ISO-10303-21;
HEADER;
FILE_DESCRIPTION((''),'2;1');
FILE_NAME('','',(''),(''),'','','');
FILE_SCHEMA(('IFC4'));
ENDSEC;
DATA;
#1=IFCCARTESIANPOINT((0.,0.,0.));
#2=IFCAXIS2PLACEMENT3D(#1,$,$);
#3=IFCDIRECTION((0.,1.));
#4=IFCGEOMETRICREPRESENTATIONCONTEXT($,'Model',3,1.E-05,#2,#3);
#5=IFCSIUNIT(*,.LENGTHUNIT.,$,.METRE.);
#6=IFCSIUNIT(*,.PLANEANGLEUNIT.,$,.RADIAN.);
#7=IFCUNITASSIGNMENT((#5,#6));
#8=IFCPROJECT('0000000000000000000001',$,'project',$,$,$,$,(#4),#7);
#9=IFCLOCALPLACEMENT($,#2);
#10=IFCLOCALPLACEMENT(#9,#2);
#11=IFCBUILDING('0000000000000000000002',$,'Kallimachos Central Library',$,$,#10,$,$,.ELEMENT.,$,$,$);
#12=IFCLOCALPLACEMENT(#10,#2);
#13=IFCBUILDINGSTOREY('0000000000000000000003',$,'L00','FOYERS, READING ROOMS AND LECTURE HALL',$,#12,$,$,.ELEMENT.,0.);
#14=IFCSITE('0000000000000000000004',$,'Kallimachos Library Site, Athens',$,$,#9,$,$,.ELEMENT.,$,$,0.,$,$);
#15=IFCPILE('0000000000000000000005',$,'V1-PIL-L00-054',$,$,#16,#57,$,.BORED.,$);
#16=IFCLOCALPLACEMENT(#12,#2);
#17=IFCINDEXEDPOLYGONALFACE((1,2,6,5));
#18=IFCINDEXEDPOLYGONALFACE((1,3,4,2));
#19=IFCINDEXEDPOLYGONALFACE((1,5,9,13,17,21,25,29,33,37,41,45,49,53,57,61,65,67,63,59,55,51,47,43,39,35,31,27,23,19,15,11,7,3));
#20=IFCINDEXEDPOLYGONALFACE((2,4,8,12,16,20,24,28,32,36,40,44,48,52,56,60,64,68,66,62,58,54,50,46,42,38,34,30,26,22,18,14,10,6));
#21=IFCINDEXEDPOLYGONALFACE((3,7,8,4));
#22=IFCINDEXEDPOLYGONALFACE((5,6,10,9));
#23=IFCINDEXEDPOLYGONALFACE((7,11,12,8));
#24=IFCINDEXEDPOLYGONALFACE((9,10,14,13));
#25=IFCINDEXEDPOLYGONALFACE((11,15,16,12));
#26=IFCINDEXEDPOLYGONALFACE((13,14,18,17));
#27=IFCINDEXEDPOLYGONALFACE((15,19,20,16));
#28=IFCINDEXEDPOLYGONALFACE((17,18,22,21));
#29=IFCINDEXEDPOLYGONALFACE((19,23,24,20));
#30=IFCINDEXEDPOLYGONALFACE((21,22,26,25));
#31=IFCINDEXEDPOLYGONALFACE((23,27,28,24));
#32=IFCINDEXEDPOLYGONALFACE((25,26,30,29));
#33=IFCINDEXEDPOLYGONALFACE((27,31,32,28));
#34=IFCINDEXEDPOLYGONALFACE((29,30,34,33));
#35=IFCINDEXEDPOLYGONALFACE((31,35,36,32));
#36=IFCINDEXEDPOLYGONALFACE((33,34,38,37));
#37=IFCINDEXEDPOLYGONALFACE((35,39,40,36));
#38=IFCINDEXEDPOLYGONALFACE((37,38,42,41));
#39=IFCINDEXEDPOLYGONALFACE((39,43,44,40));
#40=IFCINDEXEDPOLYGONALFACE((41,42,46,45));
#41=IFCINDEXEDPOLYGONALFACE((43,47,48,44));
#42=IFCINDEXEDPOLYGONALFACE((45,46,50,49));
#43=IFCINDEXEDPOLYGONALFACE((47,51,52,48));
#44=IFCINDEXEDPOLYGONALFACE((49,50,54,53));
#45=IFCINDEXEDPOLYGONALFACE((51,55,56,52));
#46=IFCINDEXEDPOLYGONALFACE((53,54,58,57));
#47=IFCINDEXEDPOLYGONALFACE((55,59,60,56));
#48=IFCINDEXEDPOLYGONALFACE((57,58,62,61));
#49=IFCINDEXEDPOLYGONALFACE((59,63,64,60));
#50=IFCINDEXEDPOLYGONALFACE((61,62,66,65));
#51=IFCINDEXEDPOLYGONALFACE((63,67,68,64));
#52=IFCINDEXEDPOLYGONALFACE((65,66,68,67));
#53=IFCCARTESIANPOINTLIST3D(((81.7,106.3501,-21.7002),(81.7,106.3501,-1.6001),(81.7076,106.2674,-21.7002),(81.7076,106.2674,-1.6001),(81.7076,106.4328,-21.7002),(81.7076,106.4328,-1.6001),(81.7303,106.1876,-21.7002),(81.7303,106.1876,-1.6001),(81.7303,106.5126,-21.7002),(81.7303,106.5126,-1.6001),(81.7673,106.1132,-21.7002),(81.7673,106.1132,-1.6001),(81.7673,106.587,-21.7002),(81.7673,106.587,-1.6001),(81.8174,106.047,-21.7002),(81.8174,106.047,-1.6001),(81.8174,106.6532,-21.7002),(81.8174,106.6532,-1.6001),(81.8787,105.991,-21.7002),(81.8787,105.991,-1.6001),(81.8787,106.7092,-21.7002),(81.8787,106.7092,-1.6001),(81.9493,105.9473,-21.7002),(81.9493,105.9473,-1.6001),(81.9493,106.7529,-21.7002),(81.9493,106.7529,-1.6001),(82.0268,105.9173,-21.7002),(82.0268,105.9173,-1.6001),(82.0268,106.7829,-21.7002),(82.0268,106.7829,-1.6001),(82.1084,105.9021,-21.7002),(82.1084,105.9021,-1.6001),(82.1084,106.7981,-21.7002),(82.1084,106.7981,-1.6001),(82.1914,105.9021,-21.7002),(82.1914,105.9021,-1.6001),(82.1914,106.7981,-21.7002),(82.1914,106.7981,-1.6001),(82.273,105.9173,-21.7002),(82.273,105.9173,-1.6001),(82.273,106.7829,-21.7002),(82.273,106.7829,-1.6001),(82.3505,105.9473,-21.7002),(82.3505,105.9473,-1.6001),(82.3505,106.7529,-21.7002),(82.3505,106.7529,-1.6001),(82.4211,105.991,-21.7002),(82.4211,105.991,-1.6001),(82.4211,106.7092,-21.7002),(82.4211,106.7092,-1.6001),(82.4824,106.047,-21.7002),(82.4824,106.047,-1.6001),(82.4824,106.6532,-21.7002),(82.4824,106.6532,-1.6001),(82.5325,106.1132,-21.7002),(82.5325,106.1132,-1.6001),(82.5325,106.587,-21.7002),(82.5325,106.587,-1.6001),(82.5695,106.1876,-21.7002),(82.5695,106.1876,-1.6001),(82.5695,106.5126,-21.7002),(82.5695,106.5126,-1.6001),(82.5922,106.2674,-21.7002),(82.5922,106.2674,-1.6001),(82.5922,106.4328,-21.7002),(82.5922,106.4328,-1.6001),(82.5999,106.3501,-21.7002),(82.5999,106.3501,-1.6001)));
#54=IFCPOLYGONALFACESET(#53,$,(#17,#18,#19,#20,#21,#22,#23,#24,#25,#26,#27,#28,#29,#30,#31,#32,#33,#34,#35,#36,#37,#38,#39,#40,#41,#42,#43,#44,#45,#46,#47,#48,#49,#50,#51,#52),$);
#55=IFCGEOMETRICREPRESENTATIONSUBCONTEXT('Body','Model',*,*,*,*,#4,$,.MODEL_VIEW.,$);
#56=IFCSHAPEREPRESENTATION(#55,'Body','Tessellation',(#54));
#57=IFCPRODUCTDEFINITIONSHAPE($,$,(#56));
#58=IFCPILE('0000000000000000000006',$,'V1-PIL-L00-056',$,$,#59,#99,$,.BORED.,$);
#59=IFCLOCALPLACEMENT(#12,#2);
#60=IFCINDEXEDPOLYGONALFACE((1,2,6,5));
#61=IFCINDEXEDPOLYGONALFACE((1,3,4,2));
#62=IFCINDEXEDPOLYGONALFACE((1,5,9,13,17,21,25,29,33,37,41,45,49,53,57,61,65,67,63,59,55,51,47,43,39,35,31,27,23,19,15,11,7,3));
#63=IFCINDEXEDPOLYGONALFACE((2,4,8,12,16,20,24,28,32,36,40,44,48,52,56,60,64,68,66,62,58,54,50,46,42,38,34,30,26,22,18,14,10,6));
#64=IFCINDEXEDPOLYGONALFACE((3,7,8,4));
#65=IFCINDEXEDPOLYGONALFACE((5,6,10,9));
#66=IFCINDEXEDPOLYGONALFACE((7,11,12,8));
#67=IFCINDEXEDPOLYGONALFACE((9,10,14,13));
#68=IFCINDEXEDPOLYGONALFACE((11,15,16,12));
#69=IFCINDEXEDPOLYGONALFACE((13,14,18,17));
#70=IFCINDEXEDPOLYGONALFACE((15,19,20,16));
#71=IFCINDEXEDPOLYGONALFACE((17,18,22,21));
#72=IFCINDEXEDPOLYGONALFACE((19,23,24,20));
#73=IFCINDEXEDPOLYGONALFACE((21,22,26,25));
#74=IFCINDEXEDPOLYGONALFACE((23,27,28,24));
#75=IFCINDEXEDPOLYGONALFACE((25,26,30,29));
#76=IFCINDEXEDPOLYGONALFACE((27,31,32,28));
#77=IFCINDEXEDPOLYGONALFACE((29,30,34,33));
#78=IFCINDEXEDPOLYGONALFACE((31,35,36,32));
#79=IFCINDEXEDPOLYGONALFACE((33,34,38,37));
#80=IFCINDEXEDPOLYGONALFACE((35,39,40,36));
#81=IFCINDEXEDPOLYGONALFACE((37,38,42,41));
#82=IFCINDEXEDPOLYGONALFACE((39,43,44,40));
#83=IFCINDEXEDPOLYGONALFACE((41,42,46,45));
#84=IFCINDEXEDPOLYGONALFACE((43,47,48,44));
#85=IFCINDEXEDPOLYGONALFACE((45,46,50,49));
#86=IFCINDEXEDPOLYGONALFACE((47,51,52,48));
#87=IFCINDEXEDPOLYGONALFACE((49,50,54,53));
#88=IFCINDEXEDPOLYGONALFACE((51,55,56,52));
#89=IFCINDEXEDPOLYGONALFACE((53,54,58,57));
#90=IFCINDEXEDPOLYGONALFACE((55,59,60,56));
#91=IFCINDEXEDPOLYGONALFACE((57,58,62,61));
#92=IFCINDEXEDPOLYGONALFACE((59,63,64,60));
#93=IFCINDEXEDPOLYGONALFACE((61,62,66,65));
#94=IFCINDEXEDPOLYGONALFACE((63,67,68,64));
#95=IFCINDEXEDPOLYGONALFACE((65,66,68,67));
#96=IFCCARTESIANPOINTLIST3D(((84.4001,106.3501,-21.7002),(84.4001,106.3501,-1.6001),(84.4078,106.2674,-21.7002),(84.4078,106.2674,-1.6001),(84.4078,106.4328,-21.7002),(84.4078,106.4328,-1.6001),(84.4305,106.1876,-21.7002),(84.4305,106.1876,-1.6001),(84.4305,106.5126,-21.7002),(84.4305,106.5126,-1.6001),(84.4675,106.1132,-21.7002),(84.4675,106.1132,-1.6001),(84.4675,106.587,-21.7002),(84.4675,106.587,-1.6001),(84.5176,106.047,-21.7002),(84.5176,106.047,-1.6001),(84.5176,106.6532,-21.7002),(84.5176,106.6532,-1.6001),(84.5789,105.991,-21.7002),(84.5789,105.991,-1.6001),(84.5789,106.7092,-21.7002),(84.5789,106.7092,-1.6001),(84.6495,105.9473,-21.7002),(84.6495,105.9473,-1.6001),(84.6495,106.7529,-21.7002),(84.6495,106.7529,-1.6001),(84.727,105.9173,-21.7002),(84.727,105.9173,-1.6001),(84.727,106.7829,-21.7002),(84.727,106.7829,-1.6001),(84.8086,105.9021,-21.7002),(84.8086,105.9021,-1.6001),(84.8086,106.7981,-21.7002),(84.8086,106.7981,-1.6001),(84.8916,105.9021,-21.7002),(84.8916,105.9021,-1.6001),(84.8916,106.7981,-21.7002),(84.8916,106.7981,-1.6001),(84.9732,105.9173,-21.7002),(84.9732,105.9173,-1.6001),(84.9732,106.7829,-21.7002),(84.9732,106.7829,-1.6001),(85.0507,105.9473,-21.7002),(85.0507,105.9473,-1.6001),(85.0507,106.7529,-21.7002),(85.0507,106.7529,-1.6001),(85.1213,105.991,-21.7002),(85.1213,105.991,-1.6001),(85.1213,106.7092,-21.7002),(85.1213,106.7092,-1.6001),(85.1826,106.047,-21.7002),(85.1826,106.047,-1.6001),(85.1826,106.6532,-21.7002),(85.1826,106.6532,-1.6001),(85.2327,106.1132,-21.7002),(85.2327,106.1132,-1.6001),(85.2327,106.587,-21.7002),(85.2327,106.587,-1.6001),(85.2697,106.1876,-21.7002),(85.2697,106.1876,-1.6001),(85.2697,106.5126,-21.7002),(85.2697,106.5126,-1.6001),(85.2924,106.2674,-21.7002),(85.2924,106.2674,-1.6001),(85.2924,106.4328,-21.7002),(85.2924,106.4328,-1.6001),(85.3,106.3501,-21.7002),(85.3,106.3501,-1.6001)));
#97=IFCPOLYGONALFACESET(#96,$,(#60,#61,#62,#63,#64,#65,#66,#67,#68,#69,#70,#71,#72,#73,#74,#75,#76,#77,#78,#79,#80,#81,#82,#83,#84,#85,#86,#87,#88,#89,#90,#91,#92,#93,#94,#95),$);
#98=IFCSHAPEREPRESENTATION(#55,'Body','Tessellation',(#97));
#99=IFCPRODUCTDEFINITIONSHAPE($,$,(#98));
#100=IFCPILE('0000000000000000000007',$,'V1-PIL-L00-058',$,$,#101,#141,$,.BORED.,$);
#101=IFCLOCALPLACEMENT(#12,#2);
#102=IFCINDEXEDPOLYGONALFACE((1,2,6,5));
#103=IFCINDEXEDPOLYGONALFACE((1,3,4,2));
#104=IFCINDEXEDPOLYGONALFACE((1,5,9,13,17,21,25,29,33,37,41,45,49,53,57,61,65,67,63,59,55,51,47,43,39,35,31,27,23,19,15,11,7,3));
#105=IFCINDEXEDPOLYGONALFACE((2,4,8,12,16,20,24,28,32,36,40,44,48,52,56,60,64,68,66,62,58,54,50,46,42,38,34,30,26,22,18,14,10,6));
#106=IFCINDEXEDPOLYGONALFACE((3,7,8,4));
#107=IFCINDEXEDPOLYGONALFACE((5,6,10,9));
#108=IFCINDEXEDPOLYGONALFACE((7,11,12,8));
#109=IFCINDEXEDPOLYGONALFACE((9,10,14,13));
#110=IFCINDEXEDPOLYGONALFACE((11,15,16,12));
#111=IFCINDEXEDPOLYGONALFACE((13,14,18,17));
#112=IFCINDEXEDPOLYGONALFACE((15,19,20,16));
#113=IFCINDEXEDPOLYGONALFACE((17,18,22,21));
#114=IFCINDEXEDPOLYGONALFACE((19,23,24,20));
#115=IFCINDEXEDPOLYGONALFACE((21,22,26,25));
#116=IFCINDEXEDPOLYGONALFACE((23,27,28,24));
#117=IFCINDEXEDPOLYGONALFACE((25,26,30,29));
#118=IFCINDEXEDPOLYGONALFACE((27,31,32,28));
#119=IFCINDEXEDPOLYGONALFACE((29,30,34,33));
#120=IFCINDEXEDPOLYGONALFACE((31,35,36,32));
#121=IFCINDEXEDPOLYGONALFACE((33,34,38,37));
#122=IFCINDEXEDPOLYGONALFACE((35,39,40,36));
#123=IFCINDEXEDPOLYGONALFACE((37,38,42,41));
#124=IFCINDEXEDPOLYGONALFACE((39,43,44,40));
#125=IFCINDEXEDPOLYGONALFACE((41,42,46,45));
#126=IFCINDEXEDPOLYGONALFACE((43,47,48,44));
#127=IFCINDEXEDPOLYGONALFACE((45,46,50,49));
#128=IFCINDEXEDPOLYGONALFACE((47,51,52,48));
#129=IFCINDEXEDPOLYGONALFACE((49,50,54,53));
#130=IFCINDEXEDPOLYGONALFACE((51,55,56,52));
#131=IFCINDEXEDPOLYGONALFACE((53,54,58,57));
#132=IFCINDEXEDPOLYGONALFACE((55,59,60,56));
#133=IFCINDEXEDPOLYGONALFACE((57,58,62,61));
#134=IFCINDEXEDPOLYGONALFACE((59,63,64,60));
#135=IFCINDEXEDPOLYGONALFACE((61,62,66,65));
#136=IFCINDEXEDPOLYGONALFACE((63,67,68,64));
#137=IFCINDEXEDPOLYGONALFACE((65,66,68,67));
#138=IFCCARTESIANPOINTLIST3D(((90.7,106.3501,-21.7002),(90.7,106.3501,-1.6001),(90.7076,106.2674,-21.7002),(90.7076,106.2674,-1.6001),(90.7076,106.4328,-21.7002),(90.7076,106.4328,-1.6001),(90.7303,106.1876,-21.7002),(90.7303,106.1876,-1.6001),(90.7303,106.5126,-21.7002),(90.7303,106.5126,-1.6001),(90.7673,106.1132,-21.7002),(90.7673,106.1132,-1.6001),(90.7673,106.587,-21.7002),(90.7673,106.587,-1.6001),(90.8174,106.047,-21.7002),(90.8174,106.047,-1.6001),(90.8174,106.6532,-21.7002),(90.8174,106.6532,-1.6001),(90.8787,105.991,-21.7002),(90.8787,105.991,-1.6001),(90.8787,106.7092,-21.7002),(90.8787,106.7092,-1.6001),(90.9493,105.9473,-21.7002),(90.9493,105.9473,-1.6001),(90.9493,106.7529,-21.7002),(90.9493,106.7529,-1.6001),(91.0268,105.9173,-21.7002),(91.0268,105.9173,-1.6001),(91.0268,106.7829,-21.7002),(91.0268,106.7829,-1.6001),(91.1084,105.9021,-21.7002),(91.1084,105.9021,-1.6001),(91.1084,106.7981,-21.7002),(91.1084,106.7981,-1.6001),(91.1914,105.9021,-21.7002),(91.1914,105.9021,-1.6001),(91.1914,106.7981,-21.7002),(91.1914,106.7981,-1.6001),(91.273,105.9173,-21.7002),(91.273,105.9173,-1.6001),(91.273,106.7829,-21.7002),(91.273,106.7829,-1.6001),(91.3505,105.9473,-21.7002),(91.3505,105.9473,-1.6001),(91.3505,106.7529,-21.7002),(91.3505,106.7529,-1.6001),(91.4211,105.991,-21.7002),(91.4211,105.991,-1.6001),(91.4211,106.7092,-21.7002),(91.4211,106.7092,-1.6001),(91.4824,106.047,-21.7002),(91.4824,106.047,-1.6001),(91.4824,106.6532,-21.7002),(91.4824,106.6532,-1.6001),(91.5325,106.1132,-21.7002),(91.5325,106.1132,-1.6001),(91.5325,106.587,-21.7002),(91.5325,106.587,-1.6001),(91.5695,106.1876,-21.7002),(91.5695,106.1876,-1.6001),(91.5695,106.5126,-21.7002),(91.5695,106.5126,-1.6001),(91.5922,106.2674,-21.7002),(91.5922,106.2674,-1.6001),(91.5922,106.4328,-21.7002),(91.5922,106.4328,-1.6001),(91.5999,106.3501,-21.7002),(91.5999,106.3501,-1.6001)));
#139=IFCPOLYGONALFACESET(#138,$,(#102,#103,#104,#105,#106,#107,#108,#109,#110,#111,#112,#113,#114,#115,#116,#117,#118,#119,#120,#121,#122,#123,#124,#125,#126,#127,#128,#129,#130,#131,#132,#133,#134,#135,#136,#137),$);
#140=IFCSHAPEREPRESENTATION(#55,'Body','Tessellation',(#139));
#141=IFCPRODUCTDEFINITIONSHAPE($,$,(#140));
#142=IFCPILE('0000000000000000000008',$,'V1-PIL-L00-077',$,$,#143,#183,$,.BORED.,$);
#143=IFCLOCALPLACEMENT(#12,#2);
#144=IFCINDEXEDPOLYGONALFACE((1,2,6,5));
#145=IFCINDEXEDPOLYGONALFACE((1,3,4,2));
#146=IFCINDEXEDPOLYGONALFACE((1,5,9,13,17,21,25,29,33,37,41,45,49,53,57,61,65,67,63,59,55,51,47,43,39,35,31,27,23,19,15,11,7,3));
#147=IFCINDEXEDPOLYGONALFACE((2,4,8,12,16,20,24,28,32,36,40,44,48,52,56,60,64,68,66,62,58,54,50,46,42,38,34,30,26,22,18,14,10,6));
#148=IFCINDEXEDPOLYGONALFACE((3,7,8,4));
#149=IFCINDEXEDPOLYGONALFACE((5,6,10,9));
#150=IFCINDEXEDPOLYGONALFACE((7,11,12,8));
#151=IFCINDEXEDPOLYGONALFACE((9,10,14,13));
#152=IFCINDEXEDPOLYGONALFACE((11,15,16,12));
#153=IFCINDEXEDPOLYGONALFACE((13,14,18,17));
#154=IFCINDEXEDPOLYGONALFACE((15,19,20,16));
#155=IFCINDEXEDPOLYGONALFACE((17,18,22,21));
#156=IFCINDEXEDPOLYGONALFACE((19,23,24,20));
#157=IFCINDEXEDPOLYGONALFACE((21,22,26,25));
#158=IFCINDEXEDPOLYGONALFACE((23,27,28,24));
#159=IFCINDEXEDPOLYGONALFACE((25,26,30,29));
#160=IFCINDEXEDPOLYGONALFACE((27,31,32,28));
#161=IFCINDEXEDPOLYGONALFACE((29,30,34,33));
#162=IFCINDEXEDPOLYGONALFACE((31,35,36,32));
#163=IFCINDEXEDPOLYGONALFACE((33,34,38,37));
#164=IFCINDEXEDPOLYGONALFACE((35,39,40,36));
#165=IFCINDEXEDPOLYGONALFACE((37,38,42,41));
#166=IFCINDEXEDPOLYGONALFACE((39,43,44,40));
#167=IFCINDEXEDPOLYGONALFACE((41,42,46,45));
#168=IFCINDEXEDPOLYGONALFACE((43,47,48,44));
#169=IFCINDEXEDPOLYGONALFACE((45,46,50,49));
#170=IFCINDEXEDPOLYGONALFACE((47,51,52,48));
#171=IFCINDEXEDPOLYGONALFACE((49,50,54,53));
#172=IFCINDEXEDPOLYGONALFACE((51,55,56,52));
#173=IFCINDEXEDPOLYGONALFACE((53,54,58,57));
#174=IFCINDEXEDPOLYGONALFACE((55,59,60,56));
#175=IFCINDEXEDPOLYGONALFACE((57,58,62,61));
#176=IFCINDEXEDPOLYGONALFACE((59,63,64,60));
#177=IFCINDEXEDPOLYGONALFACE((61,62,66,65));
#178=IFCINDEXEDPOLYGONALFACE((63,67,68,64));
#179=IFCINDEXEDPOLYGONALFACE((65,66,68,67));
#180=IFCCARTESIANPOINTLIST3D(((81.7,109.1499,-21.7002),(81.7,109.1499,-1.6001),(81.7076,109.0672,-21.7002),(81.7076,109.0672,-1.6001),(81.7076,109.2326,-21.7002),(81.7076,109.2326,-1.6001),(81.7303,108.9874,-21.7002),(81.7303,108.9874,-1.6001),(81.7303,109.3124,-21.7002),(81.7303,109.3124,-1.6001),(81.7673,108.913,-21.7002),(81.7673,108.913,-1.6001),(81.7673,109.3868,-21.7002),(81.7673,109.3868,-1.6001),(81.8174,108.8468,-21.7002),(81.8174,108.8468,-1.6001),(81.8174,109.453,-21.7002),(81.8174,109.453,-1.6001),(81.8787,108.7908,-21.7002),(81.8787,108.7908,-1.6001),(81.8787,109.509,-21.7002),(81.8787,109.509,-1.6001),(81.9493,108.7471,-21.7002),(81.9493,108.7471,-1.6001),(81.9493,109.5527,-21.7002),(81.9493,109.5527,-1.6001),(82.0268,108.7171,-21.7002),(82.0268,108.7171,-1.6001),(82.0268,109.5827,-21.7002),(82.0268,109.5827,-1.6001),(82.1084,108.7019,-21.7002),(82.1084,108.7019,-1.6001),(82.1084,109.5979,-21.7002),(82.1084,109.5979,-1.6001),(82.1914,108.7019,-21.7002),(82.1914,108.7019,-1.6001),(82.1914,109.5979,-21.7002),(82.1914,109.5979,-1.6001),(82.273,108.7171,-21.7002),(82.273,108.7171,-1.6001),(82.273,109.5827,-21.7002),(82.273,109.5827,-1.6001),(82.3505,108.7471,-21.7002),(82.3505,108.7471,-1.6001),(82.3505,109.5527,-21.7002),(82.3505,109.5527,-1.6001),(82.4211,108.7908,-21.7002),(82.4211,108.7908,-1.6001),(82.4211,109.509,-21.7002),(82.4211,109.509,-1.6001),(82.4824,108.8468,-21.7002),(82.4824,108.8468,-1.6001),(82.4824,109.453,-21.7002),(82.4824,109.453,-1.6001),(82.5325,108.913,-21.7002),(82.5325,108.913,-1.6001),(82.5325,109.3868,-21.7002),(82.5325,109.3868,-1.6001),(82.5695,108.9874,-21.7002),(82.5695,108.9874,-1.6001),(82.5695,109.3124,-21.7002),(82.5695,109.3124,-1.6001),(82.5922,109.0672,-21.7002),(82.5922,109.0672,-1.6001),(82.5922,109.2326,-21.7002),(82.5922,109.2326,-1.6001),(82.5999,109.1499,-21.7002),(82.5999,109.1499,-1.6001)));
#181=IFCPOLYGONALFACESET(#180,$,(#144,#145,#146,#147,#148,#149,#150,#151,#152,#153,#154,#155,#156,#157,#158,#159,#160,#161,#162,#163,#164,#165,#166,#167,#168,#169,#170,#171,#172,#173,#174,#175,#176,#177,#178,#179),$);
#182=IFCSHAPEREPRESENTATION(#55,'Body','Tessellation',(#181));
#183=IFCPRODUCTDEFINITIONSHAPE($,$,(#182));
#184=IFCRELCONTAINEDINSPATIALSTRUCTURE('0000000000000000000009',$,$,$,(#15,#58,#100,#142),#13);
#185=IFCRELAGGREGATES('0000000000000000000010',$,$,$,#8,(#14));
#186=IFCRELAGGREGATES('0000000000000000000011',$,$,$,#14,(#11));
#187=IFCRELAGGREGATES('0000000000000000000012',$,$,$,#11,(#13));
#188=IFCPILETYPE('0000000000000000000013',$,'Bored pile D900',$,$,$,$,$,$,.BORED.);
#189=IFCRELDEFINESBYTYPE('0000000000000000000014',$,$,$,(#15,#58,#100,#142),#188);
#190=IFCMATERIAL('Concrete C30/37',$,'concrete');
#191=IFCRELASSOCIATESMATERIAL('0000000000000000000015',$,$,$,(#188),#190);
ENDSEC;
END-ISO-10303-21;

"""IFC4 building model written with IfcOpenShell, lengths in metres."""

from ifc_helpers import new_model, si_unit, direction, frame, origin, origin_2d, place, context, subcontext, project, spatial, circle, extrude, material, type_object, element, save


model = new_model("IFC4")

# Units and contexts
model_context = context("Model", 3, precision=1e-05, world=origin(), true_north=direction((0.0, 1.0)))
body_context = subcontext(model_context, "Body", "Model", "MODEL_VIEW")
ifc_project = project(units=[si_unit("LENGTHUNIT", "METRE"), si_unit("PLANEANGLEUNIT", "RADIAN")], contexts=[model_context])

# Site, building, storey
site_placement = place(None, origin())
site = spatial("IfcSite", under=ifc_project, at=site_placement, Name="Kallimachos Library Site, Athens", CompositionType="ELEMENT", RefElevation=0.0)
building_placement = place(site_placement, origin())
building = spatial("IfcBuilding", under=site, at=building_placement, Name="Kallimachos Central Library", CompositionType="ELEMENT")
storey_placement = place(building_placement, origin())
storey = spatial("IfcBuildingStorey", under=building, at=storey_placement, Name="L00", Description="FOYERS, READING ROOMS AND LECTURE HALL", CompositionType="ELEMENT", Elevation=0.0)

# Piles
ifc_material_1 = material(Name="Concrete C30/37", Category="concrete")
pile_type = type_object("IfcPileType", Name="Bored pile D900", PredefinedType="BORED", material=ifc_material_1)
for number, where, z_axis, x_axis, name in (
    (1, (82.1499, 106.3501, -1.6001), (0.0, 0.0, -1.0), (1.0, 0.0, 0.0), "V1-PIL-L00-054"),
    (2, (84.8501, 106.3501, -1.6001), (0.0, 0.0, -1.0), (1.0, 0.0, 0.0), "V1-PIL-L00-056"),
    (3, (91.1499, 106.3501, -1.6001), (0.0, 0.0, -1.0), (1.0, 0.0, 0.0), "V1-PIL-L00-058"),
    (4, (82.1499, 109.1499, -1.6001), (0.0, 0.0, -1.0), (1.0, 0.0, 0.0), "V1-PIL-L00-077"),
):
    element("IfcPile", number, at=place(storey_placement, frame(where, z_axis=z_axis, x_axis=x_axis)), inside=storey, type_object=pile_type, Name=name, PredefinedType="BORED", context=body_context, shape_type="SweptSolid", body=[
        extrude(circle(Radius=0.45, at=origin_2d()), origin(), (0.0, 0.0, 1.0), 20.1001),
    ])

save(model, "model.ifc")
